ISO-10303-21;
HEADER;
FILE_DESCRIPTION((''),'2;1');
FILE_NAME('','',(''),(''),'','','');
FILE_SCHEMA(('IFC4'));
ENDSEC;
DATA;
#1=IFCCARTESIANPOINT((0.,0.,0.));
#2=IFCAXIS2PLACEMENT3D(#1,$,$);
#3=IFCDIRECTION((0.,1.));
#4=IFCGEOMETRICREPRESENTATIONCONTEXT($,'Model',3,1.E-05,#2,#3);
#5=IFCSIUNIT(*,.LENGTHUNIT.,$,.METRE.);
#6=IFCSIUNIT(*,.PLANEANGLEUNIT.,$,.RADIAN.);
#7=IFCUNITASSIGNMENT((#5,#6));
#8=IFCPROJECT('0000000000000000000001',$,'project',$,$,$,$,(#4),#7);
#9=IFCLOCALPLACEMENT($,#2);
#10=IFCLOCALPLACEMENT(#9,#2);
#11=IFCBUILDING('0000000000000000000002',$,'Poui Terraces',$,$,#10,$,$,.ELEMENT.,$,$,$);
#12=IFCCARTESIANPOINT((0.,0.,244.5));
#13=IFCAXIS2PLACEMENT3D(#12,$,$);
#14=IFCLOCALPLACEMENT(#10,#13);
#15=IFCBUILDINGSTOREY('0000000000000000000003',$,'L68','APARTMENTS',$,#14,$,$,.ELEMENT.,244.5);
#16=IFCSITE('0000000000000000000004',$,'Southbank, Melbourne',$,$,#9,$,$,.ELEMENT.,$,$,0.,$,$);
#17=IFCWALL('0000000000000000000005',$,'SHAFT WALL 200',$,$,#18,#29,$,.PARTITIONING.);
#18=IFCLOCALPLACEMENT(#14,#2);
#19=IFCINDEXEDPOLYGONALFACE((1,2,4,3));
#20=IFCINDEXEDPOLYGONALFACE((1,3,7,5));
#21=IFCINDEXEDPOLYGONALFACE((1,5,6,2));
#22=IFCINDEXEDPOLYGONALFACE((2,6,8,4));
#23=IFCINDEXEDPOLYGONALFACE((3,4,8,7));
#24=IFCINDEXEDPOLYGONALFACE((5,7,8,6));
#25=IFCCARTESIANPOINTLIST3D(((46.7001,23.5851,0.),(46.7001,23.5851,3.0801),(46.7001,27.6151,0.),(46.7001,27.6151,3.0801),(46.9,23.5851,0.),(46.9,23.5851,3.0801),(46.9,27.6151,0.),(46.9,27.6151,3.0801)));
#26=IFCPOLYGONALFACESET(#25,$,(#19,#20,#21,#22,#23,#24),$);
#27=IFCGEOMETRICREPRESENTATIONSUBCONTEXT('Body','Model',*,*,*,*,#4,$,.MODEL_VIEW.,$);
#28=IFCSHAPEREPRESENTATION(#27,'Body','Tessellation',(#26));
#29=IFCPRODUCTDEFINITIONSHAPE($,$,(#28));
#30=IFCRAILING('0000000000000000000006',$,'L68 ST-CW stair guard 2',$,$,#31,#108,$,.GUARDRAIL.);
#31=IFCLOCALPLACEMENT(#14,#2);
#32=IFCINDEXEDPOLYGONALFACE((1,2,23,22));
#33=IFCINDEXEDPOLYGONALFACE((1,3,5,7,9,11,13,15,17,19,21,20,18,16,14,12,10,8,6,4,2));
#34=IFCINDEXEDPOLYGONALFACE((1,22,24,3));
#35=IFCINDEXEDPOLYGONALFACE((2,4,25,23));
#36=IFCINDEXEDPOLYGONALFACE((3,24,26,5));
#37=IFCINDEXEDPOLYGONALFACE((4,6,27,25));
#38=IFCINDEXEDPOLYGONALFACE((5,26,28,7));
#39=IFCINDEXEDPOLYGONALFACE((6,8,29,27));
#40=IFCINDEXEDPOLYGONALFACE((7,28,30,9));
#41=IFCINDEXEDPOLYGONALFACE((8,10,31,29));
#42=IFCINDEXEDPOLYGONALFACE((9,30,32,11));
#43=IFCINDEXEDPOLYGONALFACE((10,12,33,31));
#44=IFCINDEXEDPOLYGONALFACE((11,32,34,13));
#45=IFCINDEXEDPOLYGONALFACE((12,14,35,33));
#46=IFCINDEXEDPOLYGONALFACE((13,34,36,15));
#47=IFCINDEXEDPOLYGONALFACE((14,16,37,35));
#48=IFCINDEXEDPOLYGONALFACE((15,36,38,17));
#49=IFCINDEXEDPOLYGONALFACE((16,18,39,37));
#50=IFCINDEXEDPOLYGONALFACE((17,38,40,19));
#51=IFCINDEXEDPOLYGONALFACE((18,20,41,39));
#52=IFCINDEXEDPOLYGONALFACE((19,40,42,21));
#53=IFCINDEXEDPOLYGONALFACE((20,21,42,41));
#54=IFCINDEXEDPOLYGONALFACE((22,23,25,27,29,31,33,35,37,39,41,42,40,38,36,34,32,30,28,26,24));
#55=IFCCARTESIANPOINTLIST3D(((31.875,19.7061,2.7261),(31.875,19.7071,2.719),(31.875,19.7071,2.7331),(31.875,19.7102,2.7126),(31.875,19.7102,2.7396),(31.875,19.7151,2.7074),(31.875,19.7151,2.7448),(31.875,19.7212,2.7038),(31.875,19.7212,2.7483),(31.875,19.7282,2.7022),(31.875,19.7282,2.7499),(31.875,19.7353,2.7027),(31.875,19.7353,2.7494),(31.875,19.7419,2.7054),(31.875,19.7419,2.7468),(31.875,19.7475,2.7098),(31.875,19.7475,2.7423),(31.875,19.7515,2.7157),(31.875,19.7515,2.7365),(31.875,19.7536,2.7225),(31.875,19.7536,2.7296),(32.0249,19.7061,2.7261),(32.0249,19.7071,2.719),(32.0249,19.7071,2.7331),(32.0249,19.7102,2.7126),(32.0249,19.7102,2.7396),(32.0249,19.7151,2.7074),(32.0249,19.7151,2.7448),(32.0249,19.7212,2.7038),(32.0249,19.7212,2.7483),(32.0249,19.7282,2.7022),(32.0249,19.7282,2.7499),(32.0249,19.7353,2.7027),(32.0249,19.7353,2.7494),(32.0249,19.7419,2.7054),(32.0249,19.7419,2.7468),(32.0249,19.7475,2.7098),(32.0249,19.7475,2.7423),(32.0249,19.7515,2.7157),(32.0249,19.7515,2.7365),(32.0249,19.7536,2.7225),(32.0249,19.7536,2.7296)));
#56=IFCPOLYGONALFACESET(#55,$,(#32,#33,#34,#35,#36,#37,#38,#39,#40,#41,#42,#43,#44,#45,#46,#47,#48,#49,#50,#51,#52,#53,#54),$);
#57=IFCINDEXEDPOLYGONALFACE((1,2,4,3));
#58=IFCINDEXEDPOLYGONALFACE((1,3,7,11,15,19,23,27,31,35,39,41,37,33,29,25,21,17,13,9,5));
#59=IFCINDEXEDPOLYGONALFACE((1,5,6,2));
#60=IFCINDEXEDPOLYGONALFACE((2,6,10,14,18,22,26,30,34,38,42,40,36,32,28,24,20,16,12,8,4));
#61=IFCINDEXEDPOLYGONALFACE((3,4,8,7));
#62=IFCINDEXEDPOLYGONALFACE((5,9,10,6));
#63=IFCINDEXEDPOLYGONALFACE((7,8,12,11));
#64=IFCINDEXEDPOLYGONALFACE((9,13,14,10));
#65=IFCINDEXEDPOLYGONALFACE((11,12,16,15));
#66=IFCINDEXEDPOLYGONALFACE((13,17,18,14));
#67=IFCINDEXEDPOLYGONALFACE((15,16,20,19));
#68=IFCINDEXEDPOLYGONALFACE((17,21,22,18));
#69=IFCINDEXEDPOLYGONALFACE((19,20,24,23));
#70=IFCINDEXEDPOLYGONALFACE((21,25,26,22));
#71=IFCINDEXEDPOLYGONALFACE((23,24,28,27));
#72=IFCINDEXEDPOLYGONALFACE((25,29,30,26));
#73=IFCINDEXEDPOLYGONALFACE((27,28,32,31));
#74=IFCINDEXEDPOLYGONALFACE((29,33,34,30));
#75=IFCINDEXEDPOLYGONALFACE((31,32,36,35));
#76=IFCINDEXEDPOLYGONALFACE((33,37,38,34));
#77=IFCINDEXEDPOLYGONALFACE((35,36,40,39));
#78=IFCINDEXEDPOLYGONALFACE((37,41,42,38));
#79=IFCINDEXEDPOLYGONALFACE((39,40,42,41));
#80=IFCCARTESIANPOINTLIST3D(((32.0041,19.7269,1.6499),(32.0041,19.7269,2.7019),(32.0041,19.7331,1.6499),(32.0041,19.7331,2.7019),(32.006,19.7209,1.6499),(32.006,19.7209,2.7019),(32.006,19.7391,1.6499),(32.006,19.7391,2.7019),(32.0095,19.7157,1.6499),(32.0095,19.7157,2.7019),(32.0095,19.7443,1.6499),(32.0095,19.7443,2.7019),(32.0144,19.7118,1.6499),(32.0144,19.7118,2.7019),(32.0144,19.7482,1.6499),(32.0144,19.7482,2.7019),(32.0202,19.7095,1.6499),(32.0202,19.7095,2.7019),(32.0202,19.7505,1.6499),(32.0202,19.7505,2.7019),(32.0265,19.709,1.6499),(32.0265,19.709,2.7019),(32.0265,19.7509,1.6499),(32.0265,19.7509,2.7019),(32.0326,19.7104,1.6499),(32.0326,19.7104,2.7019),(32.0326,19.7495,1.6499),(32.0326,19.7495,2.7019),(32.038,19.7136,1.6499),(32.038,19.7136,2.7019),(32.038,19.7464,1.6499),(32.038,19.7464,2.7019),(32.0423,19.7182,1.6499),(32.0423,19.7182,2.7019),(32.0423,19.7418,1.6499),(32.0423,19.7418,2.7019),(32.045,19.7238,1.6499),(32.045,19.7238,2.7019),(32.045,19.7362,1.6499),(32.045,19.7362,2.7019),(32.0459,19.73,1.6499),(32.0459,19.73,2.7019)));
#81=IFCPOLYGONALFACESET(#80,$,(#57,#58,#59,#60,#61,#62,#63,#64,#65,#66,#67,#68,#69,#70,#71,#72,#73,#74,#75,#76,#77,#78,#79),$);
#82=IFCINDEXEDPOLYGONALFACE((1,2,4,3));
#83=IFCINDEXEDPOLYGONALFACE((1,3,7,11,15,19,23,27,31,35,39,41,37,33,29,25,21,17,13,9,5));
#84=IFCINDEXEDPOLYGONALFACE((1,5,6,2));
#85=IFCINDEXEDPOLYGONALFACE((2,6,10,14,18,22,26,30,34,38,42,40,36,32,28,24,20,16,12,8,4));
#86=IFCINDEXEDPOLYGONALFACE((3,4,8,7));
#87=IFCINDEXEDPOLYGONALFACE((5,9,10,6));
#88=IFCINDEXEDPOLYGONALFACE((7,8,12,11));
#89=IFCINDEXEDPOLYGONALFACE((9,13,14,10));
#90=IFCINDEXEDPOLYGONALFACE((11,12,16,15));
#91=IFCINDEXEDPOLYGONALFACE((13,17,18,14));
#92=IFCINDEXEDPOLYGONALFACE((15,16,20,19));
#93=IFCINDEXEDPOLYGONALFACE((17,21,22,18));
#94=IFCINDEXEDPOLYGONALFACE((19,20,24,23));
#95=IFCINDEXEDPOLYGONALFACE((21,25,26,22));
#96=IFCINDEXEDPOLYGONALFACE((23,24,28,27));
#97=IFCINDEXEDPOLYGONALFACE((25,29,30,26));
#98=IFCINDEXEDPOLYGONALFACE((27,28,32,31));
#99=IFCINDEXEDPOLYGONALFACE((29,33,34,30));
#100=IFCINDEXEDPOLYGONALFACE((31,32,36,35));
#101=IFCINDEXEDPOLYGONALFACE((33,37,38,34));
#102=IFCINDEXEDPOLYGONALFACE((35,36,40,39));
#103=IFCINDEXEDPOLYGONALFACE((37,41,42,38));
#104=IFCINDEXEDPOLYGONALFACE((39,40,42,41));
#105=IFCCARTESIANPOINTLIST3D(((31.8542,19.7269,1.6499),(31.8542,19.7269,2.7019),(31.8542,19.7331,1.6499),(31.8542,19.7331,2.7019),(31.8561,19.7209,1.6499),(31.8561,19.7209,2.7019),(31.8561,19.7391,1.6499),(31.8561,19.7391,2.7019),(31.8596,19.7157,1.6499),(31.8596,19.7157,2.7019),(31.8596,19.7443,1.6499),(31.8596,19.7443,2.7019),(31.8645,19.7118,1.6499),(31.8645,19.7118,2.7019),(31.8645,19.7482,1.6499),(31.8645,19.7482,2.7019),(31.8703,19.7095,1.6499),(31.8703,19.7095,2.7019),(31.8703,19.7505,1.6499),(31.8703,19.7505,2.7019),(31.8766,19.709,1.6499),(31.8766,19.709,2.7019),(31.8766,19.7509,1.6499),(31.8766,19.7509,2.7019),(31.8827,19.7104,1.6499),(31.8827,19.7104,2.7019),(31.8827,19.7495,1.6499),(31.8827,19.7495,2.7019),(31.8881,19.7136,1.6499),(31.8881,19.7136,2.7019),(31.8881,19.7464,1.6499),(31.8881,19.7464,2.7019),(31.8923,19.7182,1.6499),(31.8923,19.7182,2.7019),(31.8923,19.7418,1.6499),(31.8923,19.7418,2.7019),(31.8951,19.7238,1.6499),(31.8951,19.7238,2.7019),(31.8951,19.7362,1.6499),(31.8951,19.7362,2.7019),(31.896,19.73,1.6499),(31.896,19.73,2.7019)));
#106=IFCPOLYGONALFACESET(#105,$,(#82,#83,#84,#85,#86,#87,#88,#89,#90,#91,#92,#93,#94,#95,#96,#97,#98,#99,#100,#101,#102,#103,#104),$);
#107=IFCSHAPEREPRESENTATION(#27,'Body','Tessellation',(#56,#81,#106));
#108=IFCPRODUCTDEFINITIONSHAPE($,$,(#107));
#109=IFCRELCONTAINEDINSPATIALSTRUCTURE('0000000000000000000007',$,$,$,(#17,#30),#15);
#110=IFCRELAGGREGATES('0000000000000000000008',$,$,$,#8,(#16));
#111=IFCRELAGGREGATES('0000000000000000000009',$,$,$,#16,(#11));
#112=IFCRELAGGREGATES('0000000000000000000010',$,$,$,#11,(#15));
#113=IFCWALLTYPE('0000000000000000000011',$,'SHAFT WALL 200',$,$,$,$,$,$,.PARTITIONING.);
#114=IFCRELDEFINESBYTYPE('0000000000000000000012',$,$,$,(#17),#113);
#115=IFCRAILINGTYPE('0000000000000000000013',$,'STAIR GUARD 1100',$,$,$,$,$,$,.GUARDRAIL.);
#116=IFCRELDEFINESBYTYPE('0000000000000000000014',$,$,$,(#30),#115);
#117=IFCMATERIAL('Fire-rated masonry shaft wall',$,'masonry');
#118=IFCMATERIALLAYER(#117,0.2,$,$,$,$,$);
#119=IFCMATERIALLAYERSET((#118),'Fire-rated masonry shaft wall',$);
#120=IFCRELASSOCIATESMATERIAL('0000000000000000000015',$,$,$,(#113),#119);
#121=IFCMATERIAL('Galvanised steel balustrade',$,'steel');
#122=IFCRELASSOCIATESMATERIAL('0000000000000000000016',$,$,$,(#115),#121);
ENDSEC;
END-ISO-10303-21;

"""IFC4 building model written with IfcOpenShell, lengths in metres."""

from ifc_helpers import new_model, si_unit, direction, frame, frame_2d, origin, origin_2d, place, context, subcontext, project, spatial, rectangle, circle, extrude, material, layer, layer_set, type_object, element, save


model = new_model("IFC4")

# Units and contexts
model_context = context("Model", 3, precision=1e-05, world=origin(), true_north=direction((0.0, 1.0)))
body_context = subcontext(model_context, "Body", "Model", "MODEL_VIEW")
ifc_project = project(units=[si_unit("LENGTHUNIT", "METRE"), si_unit("PLANEANGLEUNIT", "RADIAN")], contexts=[model_context])

# Site, building, storey
site_placement = place(None, origin())
site = spatial("IfcSite", under=ifc_project, at=site_placement, Name="Southbank, Melbourne", CompositionType="ELEMENT", RefElevation=0.0)
building_placement = place(site_placement, origin())
building = spatial("IfcBuilding", under=site, at=building_placement, Name="Poui Terraces", CompositionType="ELEMENT")
storey_placement = place(building_placement, frame((0.0, 0.0, 244.5)))
storey = spatial("IfcBuildingStorey", under=building, at=storey_placement, Name="L68", Description="APARTMENTS", CompositionType="ELEMENT", Elevation=244.5)

# Wall
ifc_material_1 = material(Name="Fire-rated masonry shaft wall", Category="masonry")
ifc_layer_1 = layer(ifc_material_1, 0.2)
ifc_layer_set_1 = layer_set([ifc_layer_1], Name="Fire-rated masonry shaft wall")
wall_type_1 = type_object("IfcWallType", Name="SHAFT WALL 200", PredefinedType="PARTITIONING", material=ifc_layer_set_1)
for number, where, z_axis, x_axis, name in (
    (1, (46.8, 23.585, 0.0), (0.0, 0.0, 1.0), (0.0, 1.0, 0.0), "SHAFT WALL 200"),
):
    element("IfcWall", number, at=place(storey_placement, frame(where, z_axis=z_axis, x_axis=x_axis)), inside=storey, type_object=wall_type_1, Name=name, PredefinedType="PARTITIONING", context=body_context, shape_type="SweptSolid", body=[
        extrude(rectangle(XDim=4.03, YDim=0.2, at=frame_2d((2.0151, 0.0))), origin(), (0.0, 0.0, 1.0), 3.0801),
    ])

# Railing
ifc_material_2 = material(Name="Galvanised steel balustrade", Category="steel")
railing_type = type_object("IfcRailingType", Name="STAIR GUARD 1100", PredefinedType="GUARDRAIL", material=ifc_material_2)
railing_1_placement = place(storey_placement, frame((32.0249, 19.73, 1.6499)))
element("IfcRailing", 2, at=railing_1_placement, inside=storey, type_object=railing_type, Name="L68 ST-CW stair guard 2", PredefinedType="GUARDRAIL", context=body_context, shape_type="SweptSolid", body=[
    extrude(circle(Radius=0.0239, at=origin_2d()), frame((0.0, 0.0, 1.0762), z_axis=(-1.0, 0.0, 0.0), x_axis=(0.0, -1.0, 0.0)), (0.0, 0.0, 1.0), 0.1499),
    extrude(circle(Radius=0.021, at=origin_2d()), origin(), (0.0, 0.0, 1.0), 1.052),
    extrude(circle(Radius=0.021, at=origin_2d()), frame((-0.1499, 0.0, 0.0)), (0.0, 0.0, 1.0), 1.052),
])

save(model, "model.ifc")
